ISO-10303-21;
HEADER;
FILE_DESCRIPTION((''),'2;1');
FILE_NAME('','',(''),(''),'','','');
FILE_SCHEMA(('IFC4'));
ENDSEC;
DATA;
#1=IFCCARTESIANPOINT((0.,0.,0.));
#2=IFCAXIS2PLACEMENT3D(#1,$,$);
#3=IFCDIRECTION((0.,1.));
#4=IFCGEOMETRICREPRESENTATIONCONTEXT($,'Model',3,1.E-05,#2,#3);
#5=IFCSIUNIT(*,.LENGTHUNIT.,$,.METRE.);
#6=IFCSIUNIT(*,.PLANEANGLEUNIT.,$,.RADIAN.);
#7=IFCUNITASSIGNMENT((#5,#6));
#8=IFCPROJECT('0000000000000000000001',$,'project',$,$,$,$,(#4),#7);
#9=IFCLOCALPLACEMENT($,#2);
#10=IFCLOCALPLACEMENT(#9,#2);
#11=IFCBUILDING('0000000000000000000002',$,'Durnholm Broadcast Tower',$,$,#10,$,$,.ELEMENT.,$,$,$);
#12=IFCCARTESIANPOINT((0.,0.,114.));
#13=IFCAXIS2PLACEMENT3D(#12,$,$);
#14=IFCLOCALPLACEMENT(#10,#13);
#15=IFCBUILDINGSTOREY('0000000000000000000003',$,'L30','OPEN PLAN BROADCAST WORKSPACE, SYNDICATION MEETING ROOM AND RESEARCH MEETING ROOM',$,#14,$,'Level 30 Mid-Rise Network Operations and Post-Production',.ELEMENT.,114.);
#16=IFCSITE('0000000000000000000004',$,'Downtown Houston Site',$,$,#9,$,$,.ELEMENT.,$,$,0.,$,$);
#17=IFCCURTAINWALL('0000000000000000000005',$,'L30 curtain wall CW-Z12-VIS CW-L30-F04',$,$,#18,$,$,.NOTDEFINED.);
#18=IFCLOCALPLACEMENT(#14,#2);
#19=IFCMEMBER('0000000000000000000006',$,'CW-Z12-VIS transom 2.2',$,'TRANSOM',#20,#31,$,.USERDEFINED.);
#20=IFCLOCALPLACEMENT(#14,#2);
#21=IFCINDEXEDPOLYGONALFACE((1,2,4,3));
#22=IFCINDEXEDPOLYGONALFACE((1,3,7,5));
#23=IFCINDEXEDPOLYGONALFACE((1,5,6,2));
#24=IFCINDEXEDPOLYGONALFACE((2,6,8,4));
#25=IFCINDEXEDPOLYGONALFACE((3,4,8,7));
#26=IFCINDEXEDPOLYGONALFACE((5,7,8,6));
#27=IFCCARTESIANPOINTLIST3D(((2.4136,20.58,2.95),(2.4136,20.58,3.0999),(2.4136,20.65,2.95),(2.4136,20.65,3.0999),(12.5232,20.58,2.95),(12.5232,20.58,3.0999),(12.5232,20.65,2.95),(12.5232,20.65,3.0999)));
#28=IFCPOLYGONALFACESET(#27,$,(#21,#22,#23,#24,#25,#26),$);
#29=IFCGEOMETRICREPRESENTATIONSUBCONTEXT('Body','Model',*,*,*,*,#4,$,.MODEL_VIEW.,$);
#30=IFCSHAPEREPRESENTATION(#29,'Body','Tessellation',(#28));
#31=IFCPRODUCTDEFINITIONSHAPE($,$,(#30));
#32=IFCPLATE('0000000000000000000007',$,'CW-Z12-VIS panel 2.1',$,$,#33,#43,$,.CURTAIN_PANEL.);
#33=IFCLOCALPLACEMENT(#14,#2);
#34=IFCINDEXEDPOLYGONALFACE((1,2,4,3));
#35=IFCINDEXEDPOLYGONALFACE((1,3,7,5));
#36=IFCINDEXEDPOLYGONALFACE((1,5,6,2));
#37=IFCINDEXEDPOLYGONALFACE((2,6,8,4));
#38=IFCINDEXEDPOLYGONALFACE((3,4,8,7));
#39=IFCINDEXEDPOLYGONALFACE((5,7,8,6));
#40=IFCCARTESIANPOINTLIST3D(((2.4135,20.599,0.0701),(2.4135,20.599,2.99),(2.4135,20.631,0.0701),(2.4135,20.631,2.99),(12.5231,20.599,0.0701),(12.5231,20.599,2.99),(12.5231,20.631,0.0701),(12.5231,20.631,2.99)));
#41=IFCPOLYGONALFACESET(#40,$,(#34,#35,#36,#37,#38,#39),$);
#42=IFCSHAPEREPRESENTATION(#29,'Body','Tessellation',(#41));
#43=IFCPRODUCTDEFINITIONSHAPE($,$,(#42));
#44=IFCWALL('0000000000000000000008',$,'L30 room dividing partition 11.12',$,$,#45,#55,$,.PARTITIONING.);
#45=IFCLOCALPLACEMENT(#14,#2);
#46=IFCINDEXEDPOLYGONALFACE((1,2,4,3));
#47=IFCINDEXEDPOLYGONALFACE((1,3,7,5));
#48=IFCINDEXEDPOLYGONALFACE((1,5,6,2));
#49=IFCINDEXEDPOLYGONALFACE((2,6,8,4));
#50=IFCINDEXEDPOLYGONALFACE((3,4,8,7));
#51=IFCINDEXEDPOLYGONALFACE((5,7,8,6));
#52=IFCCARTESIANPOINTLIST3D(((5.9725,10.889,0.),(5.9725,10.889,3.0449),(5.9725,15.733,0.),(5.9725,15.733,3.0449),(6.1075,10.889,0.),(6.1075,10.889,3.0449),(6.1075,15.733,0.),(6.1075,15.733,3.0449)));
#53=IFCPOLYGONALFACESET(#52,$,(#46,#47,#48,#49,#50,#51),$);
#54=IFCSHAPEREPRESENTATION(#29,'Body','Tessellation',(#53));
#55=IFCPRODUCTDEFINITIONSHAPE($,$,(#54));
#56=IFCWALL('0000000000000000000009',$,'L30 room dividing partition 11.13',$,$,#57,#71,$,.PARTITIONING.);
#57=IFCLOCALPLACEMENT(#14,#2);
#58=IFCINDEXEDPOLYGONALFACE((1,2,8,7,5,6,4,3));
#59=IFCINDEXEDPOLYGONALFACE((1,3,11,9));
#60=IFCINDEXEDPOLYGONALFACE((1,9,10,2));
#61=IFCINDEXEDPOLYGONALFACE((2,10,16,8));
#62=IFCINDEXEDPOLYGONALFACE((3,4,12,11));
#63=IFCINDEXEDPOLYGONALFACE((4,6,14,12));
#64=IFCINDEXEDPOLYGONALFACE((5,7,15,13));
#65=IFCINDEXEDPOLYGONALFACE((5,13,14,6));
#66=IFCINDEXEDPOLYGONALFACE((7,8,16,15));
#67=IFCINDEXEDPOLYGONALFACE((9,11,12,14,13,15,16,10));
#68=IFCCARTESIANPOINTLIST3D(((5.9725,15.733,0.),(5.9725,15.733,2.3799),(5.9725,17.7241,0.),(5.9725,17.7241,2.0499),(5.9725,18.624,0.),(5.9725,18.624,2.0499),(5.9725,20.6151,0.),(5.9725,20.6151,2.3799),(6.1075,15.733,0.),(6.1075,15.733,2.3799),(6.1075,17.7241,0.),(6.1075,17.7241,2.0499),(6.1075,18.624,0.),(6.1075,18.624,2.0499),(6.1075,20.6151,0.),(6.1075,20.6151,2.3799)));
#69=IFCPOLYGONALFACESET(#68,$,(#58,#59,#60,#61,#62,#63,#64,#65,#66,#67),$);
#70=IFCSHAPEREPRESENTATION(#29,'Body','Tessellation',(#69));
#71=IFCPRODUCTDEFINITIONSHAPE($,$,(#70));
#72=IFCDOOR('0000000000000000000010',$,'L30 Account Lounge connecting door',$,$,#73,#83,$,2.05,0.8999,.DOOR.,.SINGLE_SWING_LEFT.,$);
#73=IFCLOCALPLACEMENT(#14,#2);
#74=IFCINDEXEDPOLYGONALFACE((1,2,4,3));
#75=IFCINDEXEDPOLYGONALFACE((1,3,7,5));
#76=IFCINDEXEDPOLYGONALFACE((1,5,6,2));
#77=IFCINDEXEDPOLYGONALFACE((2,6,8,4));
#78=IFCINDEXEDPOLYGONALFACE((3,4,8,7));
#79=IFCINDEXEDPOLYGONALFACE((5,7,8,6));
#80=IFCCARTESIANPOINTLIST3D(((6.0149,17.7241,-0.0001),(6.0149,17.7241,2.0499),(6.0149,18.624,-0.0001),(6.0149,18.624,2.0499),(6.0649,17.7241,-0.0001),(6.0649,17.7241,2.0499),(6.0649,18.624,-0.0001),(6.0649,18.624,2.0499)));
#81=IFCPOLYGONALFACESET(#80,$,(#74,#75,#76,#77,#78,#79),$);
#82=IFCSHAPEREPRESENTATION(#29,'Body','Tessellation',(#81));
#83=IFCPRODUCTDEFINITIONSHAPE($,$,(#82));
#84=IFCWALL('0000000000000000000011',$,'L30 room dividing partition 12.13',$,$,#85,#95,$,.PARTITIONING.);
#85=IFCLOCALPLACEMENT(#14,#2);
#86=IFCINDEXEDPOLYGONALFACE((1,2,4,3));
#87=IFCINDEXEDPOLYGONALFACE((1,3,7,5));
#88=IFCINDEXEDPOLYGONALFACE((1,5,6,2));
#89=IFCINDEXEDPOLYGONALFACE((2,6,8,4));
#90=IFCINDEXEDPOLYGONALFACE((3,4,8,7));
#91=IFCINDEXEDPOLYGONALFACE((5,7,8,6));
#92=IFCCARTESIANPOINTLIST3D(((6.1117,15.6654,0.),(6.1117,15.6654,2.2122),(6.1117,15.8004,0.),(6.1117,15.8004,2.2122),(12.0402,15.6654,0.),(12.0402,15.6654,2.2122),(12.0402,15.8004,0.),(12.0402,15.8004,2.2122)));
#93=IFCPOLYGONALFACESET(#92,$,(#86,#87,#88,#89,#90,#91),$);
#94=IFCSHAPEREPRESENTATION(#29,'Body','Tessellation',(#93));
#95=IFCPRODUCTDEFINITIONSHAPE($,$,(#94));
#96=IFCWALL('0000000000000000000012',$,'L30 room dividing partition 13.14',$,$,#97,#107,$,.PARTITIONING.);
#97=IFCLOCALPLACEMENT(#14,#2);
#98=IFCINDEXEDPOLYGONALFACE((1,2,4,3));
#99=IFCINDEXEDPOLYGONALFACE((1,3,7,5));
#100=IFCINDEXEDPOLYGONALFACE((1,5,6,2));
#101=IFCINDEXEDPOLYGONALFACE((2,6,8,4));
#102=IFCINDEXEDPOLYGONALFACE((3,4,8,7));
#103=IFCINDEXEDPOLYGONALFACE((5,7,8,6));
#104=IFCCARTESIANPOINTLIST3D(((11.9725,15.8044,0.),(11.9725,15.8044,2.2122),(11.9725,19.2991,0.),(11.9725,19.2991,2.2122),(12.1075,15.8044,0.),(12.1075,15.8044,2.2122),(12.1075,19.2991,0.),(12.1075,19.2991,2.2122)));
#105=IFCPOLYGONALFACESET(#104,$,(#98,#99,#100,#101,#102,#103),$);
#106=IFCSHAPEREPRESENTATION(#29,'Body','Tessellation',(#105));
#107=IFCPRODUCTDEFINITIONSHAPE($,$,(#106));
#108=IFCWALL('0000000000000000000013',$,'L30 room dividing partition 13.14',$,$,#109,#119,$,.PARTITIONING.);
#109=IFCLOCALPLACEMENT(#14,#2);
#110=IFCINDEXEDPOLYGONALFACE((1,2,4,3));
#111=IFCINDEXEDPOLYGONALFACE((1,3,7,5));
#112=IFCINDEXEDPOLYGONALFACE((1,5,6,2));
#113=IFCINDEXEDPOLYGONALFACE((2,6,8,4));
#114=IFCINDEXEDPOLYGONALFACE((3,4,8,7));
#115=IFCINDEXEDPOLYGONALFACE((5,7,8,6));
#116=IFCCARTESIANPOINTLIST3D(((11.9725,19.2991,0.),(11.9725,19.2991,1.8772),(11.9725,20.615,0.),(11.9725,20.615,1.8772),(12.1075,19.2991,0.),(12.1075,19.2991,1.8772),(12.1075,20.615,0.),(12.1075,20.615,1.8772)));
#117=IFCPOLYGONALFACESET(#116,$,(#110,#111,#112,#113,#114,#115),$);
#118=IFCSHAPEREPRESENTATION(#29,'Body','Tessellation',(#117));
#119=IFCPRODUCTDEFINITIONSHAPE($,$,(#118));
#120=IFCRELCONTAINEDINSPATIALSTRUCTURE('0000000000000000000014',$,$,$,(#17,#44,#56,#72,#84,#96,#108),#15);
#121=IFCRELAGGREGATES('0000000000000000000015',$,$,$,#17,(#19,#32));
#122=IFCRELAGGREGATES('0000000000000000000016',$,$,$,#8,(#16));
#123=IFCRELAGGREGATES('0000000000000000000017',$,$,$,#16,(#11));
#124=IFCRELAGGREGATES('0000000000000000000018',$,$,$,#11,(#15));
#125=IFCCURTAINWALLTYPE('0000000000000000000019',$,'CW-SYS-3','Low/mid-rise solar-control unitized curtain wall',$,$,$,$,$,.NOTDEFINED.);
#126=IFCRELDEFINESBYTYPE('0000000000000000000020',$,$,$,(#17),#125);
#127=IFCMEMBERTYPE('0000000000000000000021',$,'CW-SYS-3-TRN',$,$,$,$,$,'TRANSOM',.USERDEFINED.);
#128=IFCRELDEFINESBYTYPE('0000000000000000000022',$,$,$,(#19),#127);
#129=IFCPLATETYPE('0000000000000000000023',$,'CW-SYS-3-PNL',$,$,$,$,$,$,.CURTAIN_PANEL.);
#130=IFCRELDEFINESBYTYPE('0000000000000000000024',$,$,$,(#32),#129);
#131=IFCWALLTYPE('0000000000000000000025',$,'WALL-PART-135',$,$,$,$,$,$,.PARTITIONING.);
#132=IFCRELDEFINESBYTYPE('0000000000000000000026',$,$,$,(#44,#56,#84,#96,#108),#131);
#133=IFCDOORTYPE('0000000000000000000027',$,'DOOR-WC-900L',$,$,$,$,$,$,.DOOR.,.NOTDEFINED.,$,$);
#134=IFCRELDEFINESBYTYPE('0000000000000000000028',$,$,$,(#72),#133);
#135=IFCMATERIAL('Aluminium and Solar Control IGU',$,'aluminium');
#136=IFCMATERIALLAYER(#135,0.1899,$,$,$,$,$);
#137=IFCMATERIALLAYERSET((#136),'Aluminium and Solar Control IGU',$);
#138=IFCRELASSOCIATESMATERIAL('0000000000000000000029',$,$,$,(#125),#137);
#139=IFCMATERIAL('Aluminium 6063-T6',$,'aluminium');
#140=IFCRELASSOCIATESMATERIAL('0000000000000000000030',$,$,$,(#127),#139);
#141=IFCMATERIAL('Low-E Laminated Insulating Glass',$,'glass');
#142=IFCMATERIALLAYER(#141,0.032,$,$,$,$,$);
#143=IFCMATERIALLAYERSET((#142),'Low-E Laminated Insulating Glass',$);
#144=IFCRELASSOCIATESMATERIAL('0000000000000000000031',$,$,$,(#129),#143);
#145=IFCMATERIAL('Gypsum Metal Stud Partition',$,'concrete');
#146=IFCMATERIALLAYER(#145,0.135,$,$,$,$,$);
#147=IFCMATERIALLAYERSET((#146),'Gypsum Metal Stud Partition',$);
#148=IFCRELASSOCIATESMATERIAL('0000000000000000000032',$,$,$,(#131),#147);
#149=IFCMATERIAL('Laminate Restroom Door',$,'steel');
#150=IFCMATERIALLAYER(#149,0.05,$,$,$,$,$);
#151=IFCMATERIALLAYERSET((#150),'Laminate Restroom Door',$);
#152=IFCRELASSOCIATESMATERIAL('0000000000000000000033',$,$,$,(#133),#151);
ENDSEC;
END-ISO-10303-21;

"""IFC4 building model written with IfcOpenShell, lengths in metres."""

from ifc_helpers import new_model, si_unit, direction, frame, frame_2d, origin, origin_2d, place, context, subcontext, project, spatial, rectangle, extrude, source, transform, mapped, material, layer, layer_set, material_profile, profile_set, type_object, type_shapes, element, fill, aggregate, save


model = new_model("IFC4")

# Units and contexts
model_context = context("Model", 3, precision=1e-05, world=origin(), true_north=direction((0.0, 1.0)))
body_context = subcontext(model_context, "Body", "Model", "MODEL_VIEW")
ifc_project = project(units=[si_unit("LENGTHUNIT", "METRE"), si_unit("PLANEANGLEUNIT", "RADIAN")], contexts=[model_context])

# Site, building, storey
site_placement = place(None, origin())
site = spatial("IfcSite", under=ifc_project, at=site_placement, Name="Downtown Houston Site", CompositionType="ELEMENT", RefElevation=0.0)
building_placement = place(site_placement, origin())
building = spatial("IfcBuilding", under=site, at=building_placement, Name="Durnholm Broadcast Tower", CompositionType="ELEMENT")
storey_placement = place(building_placement, frame((0.0, 0.0, 114.0)))
storey = spatial("IfcBuildingStorey", under=building, at=storey_placement, Name="L30", Description="OPEN PLAN BROADCAST WORKSPACE, SYNDICATION MEETING ROOM AND RESEARCH MEETING ROOM", LongName="Level 30 Mid-Rise Network Operations and Post-Production", CompositionType="ELEMENT", Elevation=114.0)

# Shared definitions
ifc_material_1 = material(Name="Aluminium and Solar Control IGU", Category="aluminium")
ifc_material_2 = material(Name="Aluminium 6063-T6", Category="aluminium")

# Curtain wall
ifc_layer_1 = layer(ifc_material_1, 0.1899)
ifc_layer_set_1 = layer_set([ifc_layer_1], Name="Aluminium and Solar Control IGU")
curtain_wall_type_1 = type_object("IfcCurtainWallType", Name="CW-SYS-3", Description="Low/mid-rise solar-control unitized curtain wall", PredefinedType="NOTDEFINED", material=ifc_layer_set_1)
curtain_wall_1_placement = place(storey_placement, origin())
curtain_wall_1 = element("IfcCurtainWall", 1, at=curtain_wall_1_placement, inside=storey, type_object=curtain_wall_type_1, Name="L30 curtain wall CW-Z12-VIS CW-L30-F04", PredefinedType="NOTDEFINED")

# Member
ifc_material_profile_1 = material_profile(ifc_material_2, rectangle(XDim=0.0701, YDim=0.1499, at=origin_2d()), Name="CWT70X150")
ifc_profile_set_1 = profile_set([ifc_material_profile_1], Name="Aluminium 6063-T6")
member_type_1 = type_object("IfcMemberType", Name="CW-SYS-3-TRN", ElementType="TRANSOM", PredefinedType="USERDEFINED", material=ifc_profile_set_1)
shared_shape_1 = source(origin(), body_context, "Body", "SweptSolid", [
    extrude(rectangle(XDim=0.0701, YDim=0.1499, at=origin_2d()), origin(), (0.0, 0.0, 1.0), 10.1096),
])
type_shapes(member_type_1, [shared_shape_1])
member_1_placement = place(storey_placement, frame((2.4136, 20.615, 3.0249), z_axis=(1.0, 0.0, 0.0), x_axis=(0.0, 1.0, 0.0)))
member_1 = element("IfcMember", 2, at=member_1_placement, type_object=member_type_1, Name="CW-Z12-VIS transom 2.2", ObjectType="TRANSOM", PredefinedType="USERDEFINED", context=body_context, shape_type="MappedRepresentation", body=[
    mapped(shared_shape_1, transform((0.0, 0.0, 0.0), x_axis=(1.0, 0.0, 0.0), y_axis=(0.0, 1.0, 0.0), z_axis=(0.0, 0.0, 1.0), scale=1.0)),
])

# Plate
ifc_material_3 = material(Name="Low-E Laminated Insulating Glass", Category="glass")
ifc_layer_2 = layer(ifc_material_3, 0.032)
ifc_layer_set_2 = layer_set([ifc_layer_2], Name="Low-E Laminated Insulating Glass")
plate_type = type_object("IfcPlateType", Name="CW-SYS-3-PNL", PredefinedType="CURTAIN_PANEL", material=ifc_layer_set_2)
shared_shape_2 = source(origin(), body_context, "Body", "SweptSolid", [
    extrude(rectangle(XDim=10.1096, YDim=0.032, at=origin_2d()), origin(), (0.0, 0.0, 1.0), 2.9199),
])
type_shapes(plate_type, [shared_shape_2])
plate_placement = place(storey_placement, frame((7.4683, 20.615, 0.0701), z_axis=(0.0, 0.0, 1.0), x_axis=(1.0, 0.0, 0.0)))
plate = element("IfcPlate", 3, at=plate_placement, type_object=plate_type, Name="CW-Z12-VIS panel 2.1", PredefinedType="CURTAIN_PANEL", context=body_context, shape_type="MappedRepresentation", body=[
    mapped(shared_shape_2, transform((0.0, 0.0, 0.0), x_axis=(1.0, 0.0, 0.0), y_axis=(0.0, 1.0, 0.0), z_axis=(0.0, 0.0, 1.0), scale=1.0)),
])
aggregate(curtain_wall_1, [member_1, plate])

# Wall
ifc_material_4 = material(Name="Gypsum Metal Stud Partition", Category="concrete")
ifc_layer_3 = layer(ifc_material_4, 0.135)
ifc_layer_set_3 = layer_set([ifc_layer_3], Name="Gypsum Metal Stud Partition")
wall_type = type_object("IfcWallType", Name="WALL-PART-135", PredefinedType="PARTITIONING", material=ifc_layer_set_3)
wall_1_placement = place(storey_placement, frame((6.04, 15.7329, 0.0), z_axis=(0.0, 0.0, 1.0), x_axis=(0.0, -1.0, 0.0)))
element("IfcWall", 4, at=wall_1_placement, inside=storey, type_object=wall_type, Name="L30 room dividing partition 11.12", PredefinedType="PARTITIONING", context=body_context, shape_type="SweptSolid", body=[
    extrude(rectangle(XDim=4.844, YDim=0.135, at=frame_2d((2.4219, 0.0))), origin(), (0.0, 0.0, 1.0), 3.0449),
])

# Wall, opening, door
wall_2_placement = place(storey_placement, frame((6.04, 20.615, 0.0), z_axis=(0.0, 0.0, 1.0), x_axis=(0.0, -1.0, 0.0)))
wall_2 = element("IfcWall", 5, at=wall_2_placement, inside=storey, type_object=wall_type, Name="L30 room dividing partition 11.13", PredefinedType="PARTITIONING", context=body_context, shape_type="SweptSolid", body=[
    extrude(rectangle(XDim=4.8821, YDim=0.135, at=frame_2d((2.4409, 0.0))), origin(), (0.0, 0.0, 1.0), 2.3799),
])
opening_placement = place(wall_2_placement, frame((1.991, 0.0, 0.0)))
opening = element("IfcOpeningElement", 6, at=opening_placement, cuts=wall_2, PredefinedType="OPENING", context=body_context, shape_type="SweptSolid", body=[
    extrude(rectangle(XDim=0.8999, YDim=2.05, at=frame_2d((0.45, 1.0249))), frame((0.0, 0.0776, 0.0), z_axis=(0.0, -1.0, 0.0), x_axis=(1.0, 0.0, 0.0)), (0.0, 0.0, 1.0), 0.155),
])
ifc_material_5 = material(Name="Laminate Restroom Door", Category="steel")
ifc_layer_4 = layer(ifc_material_5, 0.05)
ifc_layer_set_4 = layer_set([ifc_layer_4], Name="Laminate Restroom Door")
door_type = type_object("IfcDoorType", Name="DOOR-WC-900L", OperationType="NOTDEFINED", PredefinedType="DOOR", material=ifc_layer_set_4)
shared_shape_3 = source(origin(), body_context, "Body", "SweptSolid", [
    extrude(rectangle(XDim=0.8999, YDim=2.05, at=frame_2d((0.45, 1.0249))), frame((0.0, 0.0249, 0.0), z_axis=(0.0, -1.0, 0.0), x_axis=(1.0, 0.0, 0.0)), (0.0, 0.0, 1.0), 0.05),
])
type_shapes(door_type, [shared_shape_3])
door_placement = place(opening_placement, origin())
door = element("IfcDoor", 7, at=door_placement, inside=storey, type_object=door_type, Name="L30 Account Lounge connecting door", OperationType="SINGLE_SWING_LEFT", OverallHeight=2.05, OverallWidth=0.8999, PredefinedType="DOOR", context=body_context, shape_type="MappedRepresentation", body=[
    mapped(shared_shape_3, transform((0.0, 0.0, 0.0), x_axis=(1.0, 0.0, 0.0), y_axis=(0.0, 1.0, 0.0), z_axis=(0.0, 0.0, 1.0), scale=1.0)),
])
fill(opening, door)

# Walls
wall_3_placement = place(storey_placement, frame((6.1116, 15.7329, 0.0), z_axis=(0.0, 0.0, 1.0), x_axis=(1.0, 0.0, 0.0)))
element("IfcWall", 8, at=wall_3_placement, inside=storey, type_object=wall_type, Name="L30 room dividing partition 12.13", PredefinedType="PARTITIONING", context=body_context, shape_type="SweptSolid", body=[
    extrude(rectangle(XDim=5.9285, YDim=0.135, at=frame_2d((2.9644, 0.0))), origin(), (0.0, 0.0, 1.0), 2.2122),
])
wall_4_placement = place(storey_placement, frame((12.04, 19.2991, 0.0), z_axis=(0.0, 0.0, 1.0), x_axis=(0.0, -1.0, 0.0)))
element("IfcWall", 9, at=wall_4_placement, inside=storey, type_object=wall_type, Name="L30 room dividing partition 13.14", PredefinedType="PARTITIONING", context=body_context, shape_type="SweptSolid", body=[
    extrude(rectangle(XDim=3.4946, YDim=0.135, at=frame_2d((1.7473, 0.0))), origin(), (0.0, 0.0, 1.0), 2.2122),
])
wall_5_placement = place(storey_placement, frame((12.04, 20.615, 0.0), z_axis=(0.0, 0.0, 1.0), x_axis=(0.0, -1.0, 0.0)))
element("IfcWall", 10, at=wall_5_placement, inside=storey, type_object=wall_type, Name="L30 room dividing partition 13.14", PredefinedType="PARTITIONING", context=body_context, shape_type="SweptSolid", body=[
    extrude(rectangle(XDim=1.3159, YDim=0.135, at=frame_2d((0.658, 0.0))), origin(), (0.0, 0.0, 1.0), 1.8772),
])

save(model, "model.ifc")
